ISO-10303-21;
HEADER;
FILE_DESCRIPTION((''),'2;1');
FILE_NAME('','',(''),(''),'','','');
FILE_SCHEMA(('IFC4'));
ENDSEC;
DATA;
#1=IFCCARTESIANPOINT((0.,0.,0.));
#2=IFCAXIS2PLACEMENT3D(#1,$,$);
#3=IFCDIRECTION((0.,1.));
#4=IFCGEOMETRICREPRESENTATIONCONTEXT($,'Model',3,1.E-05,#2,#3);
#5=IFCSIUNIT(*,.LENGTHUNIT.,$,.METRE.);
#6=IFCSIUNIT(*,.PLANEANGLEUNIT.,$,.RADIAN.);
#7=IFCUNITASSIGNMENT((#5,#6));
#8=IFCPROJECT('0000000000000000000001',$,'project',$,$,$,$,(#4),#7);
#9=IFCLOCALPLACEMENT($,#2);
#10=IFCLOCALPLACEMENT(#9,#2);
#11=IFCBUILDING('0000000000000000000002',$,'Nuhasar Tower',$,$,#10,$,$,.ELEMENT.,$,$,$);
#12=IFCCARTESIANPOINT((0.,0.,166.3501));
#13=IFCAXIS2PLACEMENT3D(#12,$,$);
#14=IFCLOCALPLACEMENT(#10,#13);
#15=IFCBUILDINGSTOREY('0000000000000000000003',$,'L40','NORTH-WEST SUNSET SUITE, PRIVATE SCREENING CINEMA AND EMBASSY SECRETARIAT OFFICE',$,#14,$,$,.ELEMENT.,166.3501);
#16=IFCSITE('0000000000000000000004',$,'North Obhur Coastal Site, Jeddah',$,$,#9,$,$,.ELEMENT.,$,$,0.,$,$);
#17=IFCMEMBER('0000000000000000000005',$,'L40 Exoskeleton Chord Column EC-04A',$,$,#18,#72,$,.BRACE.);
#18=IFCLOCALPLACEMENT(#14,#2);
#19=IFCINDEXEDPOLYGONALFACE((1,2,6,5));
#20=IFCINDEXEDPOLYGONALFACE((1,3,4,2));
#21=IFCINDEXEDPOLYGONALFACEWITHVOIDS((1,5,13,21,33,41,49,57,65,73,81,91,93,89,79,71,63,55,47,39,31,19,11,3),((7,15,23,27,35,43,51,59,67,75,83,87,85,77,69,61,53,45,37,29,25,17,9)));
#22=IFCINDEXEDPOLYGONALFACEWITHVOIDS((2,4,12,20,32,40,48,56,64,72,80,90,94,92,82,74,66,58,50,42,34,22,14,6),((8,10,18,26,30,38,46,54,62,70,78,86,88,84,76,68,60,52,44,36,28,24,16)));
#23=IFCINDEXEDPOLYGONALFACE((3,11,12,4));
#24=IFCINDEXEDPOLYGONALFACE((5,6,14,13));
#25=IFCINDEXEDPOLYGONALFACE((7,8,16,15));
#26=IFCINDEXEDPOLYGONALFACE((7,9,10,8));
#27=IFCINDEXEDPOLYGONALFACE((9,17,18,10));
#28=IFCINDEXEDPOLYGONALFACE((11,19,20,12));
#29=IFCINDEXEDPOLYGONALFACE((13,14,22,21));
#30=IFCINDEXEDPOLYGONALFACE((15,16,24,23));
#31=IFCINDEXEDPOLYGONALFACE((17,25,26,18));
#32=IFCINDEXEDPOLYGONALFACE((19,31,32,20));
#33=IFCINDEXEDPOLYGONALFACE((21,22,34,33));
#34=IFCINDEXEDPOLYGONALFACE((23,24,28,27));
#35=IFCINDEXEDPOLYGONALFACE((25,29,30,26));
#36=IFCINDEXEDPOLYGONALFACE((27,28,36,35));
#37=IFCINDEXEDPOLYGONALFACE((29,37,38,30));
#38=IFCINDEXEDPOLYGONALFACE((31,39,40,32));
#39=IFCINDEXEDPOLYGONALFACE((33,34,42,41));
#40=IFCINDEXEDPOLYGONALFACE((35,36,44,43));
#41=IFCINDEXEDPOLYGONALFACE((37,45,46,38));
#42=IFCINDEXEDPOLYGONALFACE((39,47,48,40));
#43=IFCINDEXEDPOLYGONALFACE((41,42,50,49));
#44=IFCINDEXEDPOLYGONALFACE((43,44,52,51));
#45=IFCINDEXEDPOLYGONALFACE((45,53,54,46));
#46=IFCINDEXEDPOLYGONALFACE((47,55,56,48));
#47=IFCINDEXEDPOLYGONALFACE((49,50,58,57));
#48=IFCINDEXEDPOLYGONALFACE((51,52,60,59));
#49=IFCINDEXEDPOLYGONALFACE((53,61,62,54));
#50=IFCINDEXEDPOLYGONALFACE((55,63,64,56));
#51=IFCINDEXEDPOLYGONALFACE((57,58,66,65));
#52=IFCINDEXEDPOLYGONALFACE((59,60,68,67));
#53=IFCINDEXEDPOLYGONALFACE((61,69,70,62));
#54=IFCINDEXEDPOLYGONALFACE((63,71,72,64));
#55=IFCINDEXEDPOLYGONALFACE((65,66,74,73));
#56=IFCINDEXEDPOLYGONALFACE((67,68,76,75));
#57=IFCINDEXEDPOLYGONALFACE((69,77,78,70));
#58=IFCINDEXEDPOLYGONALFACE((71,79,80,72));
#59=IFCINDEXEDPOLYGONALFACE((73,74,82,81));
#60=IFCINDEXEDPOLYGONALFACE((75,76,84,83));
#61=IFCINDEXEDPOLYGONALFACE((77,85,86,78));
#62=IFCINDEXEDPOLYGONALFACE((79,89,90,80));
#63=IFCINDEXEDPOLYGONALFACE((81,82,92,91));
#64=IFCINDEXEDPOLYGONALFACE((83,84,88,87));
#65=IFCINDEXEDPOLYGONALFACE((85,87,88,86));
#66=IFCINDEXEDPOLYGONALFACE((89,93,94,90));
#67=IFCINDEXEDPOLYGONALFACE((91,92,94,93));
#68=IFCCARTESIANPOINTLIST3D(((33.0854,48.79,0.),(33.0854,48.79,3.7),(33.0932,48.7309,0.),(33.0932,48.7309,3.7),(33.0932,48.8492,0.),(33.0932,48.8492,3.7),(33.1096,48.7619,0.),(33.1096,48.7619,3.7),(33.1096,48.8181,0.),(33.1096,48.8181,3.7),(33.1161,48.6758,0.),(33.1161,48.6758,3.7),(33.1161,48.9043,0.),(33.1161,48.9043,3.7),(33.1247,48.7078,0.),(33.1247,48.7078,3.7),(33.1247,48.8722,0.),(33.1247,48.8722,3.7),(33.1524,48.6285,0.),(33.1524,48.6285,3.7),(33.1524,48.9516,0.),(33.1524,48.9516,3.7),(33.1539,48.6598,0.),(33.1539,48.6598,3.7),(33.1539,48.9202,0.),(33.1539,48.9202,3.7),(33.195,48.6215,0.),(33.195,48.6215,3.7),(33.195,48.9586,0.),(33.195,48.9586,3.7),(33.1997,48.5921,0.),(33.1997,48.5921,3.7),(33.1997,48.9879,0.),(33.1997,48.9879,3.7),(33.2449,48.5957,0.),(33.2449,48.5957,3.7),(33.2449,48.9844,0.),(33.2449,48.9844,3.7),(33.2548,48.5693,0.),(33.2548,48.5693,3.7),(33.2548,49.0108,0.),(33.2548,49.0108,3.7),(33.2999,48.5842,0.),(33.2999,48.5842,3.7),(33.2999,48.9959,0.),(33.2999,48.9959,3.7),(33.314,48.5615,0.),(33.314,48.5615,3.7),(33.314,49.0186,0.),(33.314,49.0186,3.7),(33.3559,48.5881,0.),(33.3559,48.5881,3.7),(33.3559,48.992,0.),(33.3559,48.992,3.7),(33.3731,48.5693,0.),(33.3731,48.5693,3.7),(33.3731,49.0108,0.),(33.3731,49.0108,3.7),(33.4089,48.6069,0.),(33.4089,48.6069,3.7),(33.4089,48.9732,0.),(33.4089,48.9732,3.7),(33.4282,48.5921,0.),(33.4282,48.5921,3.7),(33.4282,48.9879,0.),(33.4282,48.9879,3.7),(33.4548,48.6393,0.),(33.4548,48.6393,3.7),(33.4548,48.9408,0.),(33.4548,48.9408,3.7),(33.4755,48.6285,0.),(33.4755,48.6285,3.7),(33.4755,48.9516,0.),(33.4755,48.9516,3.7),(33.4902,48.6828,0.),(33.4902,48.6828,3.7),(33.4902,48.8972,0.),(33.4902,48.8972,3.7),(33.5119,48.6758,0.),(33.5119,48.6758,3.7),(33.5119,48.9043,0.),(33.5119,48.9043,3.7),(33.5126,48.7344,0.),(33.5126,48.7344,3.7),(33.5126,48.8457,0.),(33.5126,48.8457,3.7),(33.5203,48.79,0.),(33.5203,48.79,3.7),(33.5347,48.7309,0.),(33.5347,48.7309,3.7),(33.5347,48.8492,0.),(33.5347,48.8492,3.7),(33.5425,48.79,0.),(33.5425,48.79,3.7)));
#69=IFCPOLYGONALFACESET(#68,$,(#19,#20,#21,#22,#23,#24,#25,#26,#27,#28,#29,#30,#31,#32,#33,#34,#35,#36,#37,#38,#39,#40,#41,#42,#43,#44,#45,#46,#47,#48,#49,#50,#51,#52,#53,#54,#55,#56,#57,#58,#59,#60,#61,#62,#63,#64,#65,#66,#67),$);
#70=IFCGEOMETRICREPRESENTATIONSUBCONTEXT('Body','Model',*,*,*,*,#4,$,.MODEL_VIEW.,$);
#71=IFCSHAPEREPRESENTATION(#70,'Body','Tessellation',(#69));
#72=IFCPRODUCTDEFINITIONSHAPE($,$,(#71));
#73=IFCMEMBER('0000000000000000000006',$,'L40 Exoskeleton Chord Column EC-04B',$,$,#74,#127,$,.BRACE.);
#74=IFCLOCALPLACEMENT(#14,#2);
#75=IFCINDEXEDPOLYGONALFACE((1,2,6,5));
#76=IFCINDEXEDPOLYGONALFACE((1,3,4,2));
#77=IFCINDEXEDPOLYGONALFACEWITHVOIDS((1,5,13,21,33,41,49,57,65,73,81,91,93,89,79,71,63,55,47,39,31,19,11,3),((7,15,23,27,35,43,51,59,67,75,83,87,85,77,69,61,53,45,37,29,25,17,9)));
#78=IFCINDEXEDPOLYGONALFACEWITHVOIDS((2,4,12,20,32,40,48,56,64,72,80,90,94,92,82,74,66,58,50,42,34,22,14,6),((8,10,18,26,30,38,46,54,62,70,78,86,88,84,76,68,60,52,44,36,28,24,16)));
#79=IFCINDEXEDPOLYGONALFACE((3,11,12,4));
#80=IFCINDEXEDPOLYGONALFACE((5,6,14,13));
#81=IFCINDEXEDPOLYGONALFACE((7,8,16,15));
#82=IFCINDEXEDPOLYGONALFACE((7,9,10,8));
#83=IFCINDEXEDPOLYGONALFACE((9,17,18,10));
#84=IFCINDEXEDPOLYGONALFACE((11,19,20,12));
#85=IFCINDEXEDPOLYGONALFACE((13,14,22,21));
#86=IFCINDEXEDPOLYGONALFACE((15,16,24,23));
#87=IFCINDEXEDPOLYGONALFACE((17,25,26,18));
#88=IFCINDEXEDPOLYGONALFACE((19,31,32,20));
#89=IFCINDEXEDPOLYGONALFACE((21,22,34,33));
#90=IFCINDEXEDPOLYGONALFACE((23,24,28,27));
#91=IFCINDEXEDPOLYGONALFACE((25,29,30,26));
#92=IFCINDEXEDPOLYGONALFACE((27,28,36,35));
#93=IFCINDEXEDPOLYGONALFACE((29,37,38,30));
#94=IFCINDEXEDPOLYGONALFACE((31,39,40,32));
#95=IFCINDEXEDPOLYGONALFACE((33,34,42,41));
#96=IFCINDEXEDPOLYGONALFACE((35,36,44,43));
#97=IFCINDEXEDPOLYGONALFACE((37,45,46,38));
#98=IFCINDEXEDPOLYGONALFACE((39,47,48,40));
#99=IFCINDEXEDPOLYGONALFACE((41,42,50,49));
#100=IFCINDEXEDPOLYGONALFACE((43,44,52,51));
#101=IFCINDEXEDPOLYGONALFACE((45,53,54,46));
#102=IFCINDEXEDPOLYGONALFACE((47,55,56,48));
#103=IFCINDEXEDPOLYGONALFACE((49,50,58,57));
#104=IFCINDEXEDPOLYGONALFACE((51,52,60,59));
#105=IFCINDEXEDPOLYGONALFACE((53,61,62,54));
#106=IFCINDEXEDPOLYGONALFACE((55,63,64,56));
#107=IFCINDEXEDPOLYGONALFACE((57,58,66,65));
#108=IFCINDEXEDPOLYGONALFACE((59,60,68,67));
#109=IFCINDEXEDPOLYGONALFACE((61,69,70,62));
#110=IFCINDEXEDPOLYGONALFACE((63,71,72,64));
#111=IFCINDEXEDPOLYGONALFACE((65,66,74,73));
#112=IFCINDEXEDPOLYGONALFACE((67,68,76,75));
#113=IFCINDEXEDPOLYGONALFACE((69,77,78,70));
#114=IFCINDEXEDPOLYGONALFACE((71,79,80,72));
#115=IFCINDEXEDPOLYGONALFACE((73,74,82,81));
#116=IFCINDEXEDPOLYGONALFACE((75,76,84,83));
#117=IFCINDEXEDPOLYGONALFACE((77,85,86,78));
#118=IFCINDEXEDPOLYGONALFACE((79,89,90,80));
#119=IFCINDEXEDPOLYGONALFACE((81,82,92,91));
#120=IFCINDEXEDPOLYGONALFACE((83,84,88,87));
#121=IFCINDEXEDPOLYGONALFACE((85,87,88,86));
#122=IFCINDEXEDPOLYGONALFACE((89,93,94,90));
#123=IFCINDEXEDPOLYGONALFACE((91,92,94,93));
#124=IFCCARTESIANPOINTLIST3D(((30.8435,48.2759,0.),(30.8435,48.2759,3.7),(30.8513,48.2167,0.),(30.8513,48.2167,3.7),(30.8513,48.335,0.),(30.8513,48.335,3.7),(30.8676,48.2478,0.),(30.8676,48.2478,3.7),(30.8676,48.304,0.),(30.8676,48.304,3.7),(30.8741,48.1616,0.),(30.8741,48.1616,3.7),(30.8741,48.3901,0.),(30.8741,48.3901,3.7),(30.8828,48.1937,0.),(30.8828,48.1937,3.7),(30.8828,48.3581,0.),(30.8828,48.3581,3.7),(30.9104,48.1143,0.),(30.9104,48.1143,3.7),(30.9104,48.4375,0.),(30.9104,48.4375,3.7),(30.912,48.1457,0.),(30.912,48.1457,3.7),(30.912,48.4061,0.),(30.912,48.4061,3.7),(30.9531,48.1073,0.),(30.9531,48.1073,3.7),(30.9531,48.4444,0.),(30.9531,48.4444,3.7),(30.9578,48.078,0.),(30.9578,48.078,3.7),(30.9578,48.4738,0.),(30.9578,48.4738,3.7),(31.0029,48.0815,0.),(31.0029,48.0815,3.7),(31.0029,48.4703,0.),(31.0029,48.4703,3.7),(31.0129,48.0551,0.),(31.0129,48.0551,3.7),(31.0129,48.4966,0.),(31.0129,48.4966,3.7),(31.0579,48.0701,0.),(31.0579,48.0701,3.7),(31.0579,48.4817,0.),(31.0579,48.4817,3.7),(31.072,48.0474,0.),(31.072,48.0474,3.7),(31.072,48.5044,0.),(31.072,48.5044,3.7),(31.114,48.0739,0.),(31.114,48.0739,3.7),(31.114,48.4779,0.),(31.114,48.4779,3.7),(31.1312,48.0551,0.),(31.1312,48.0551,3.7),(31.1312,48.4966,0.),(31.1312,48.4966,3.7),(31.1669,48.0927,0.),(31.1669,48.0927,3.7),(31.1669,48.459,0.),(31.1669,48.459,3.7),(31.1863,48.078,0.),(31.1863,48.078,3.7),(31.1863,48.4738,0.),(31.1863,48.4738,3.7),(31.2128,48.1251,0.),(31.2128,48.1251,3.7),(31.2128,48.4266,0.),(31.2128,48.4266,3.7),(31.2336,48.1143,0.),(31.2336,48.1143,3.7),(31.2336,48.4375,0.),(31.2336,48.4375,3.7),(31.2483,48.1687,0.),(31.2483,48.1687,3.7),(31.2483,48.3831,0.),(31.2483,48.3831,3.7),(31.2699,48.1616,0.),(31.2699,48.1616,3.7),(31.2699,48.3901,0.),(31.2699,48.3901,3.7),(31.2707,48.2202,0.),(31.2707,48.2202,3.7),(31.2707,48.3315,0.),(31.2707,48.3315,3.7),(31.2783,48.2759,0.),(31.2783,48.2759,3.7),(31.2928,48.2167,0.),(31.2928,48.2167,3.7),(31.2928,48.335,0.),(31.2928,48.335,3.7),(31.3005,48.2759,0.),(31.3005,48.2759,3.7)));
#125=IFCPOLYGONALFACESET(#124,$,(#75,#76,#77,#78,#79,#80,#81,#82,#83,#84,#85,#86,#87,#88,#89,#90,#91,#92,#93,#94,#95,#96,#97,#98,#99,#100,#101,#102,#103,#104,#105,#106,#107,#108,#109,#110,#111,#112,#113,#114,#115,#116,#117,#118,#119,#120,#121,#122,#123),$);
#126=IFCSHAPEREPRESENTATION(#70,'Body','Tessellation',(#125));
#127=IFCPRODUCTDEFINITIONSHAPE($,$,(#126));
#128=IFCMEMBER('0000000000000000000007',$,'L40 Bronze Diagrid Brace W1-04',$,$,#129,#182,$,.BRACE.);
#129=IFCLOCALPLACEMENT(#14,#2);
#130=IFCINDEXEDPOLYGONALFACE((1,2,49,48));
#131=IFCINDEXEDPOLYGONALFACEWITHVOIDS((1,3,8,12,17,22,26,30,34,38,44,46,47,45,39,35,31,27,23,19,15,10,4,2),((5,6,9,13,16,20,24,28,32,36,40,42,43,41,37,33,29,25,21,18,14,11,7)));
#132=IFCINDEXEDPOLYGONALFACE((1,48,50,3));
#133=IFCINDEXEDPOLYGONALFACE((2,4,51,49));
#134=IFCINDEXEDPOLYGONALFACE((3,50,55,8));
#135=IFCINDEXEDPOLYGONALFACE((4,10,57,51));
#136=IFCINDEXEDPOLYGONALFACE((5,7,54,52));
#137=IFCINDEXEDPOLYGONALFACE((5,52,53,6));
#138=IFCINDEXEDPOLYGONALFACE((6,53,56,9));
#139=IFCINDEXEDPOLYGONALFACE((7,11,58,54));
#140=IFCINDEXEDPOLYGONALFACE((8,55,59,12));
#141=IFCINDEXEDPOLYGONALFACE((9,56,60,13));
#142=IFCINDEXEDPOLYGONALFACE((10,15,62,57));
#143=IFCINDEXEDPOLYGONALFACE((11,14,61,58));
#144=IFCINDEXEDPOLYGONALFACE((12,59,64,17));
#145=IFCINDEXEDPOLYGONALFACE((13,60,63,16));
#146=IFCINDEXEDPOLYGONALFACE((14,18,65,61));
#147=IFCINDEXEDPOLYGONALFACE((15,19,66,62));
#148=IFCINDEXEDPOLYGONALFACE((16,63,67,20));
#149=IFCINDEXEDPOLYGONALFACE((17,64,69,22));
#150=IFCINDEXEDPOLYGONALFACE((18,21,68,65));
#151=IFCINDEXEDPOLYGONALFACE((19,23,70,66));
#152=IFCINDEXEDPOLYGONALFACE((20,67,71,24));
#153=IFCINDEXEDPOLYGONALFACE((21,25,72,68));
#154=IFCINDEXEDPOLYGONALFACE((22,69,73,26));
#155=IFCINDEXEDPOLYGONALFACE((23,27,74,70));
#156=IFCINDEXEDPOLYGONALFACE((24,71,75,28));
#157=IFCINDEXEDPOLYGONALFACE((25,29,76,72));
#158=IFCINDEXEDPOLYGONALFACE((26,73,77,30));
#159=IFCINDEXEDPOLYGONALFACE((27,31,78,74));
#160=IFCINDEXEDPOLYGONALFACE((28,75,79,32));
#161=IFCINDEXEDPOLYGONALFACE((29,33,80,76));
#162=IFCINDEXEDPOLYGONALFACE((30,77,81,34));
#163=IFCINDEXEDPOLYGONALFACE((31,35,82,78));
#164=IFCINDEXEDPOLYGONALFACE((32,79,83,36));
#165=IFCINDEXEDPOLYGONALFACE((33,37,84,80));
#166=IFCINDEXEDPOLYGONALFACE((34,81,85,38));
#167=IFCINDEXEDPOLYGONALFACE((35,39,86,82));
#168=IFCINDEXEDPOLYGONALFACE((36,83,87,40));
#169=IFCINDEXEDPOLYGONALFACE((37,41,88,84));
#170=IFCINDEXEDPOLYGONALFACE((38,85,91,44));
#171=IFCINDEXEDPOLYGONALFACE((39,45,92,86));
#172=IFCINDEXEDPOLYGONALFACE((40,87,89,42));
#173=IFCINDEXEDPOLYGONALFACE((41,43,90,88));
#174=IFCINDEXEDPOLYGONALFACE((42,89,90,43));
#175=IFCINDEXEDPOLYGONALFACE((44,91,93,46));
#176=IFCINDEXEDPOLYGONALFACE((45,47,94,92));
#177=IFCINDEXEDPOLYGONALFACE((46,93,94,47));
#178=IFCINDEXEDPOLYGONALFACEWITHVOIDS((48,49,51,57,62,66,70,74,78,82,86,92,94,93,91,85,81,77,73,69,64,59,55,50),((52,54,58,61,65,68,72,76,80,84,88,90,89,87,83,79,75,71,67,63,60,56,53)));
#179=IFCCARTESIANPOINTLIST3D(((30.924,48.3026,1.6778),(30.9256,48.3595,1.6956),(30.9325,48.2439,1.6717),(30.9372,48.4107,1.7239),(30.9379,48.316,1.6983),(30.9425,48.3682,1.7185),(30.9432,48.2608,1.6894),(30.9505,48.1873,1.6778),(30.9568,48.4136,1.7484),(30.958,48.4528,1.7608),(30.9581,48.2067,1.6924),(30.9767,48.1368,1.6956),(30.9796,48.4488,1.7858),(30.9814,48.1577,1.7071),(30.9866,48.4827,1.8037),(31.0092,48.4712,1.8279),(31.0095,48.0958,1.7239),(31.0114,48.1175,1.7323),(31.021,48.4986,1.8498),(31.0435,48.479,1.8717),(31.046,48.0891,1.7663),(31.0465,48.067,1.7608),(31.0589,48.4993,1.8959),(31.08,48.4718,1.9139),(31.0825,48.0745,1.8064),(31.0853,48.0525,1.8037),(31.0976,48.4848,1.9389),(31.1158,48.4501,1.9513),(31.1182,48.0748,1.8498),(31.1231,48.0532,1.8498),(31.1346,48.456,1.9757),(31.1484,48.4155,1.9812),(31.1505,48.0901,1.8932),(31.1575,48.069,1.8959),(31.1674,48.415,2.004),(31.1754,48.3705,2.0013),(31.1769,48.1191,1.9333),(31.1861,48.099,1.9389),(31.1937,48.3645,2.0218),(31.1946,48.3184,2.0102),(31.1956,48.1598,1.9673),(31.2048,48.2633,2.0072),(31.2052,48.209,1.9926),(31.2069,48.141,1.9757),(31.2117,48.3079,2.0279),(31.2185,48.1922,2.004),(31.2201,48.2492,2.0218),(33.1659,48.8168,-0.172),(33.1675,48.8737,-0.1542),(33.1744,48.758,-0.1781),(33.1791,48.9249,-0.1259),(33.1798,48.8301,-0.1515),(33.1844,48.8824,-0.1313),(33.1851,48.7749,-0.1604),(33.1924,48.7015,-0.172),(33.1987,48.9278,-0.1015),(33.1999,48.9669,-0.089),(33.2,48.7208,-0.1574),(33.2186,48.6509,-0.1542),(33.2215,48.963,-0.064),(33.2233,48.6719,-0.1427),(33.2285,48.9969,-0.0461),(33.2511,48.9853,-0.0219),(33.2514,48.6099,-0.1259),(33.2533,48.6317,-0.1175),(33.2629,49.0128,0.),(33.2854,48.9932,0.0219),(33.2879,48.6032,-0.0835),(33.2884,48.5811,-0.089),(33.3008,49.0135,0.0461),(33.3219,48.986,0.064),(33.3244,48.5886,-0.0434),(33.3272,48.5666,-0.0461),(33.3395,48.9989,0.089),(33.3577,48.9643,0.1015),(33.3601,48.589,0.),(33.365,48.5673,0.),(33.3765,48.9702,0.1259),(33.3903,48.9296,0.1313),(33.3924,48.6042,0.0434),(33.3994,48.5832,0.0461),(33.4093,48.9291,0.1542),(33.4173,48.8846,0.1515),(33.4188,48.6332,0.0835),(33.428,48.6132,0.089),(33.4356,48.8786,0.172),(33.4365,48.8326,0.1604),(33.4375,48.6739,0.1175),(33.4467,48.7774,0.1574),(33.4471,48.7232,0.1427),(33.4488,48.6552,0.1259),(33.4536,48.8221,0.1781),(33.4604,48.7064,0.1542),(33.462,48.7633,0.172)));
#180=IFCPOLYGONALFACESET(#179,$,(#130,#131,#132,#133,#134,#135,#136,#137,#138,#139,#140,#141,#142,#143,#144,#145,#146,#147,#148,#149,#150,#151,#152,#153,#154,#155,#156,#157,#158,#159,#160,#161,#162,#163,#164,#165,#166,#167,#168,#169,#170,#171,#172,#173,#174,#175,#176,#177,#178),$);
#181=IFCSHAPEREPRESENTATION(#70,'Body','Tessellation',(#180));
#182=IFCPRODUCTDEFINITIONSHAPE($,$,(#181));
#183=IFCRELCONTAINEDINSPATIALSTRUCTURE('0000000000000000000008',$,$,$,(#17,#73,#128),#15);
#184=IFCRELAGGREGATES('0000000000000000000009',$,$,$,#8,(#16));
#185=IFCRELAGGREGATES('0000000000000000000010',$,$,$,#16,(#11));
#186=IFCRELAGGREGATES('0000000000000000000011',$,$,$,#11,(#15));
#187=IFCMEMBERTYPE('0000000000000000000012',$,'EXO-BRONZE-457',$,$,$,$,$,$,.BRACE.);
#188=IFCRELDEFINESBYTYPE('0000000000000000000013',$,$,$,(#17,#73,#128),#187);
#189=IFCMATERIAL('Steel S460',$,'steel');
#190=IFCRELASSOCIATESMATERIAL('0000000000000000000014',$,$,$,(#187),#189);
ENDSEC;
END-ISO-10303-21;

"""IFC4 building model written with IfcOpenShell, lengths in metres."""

from ifc_helpers import new_model, si_unit, direction, frame, origin, origin_2d, place, context, subcontext, project, spatial, hollow_circle, extrude, material, material_profile, profile_set, type_object, element, save


model = new_model("IFC4")

# Units and contexts
model_context = context("Model", 3, precision=1e-05, world=origin(), true_north=direction((0.0, 1.0)))
body_context = subcontext(model_context, "Body", "Model", "MODEL_VIEW")
ifc_project = project(units=[si_unit("LENGTHUNIT", "METRE"), si_unit("PLANEANGLEUNIT", "RADIAN")], contexts=[model_context])

# Site, building, storey
site_placement = place(None, origin())
site = spatial("IfcSite", under=ifc_project, at=site_placement, Name="North Obhur Coastal Site, Jeddah", CompositionType="ELEMENT", RefElevation=0.0)
building_placement = place(site_placement, origin())
building = spatial("IfcBuilding", under=site, at=building_placement, Name="Nuhasar Tower", CompositionType="ELEMENT")
storey_placement = place(building_placement, frame((0.0, 0.0, 166.3501)))
storey = spatial("IfcBuildingStorey", under=building, at=storey_placement, Name="L40", Description="NORTH-WEST SUNSET SUITE, PRIVATE SCREENING CINEMA AND EMBASSY SECRETARIAT OFFICE", CompositionType="ELEMENT", Elevation=166.3501)

# Members
ifc_material_1 = material(Name="Steel S460", Category="steel")
ifc_material_profile_1 = material_profile(ifc_material_1, hollow_circle(Radius=0.2285, WallThickness=0.0222, at=origin_2d()), Name="HSS457X22.2")
ifc_profile_set_1 = profile_set([ifc_material_profile_1], Name="Steel S460")
member_type_1 = type_object("IfcMemberType", Name="EXO-BRONZE-457", PredefinedType="BRACE", material=ifc_profile_set_1)
for number, where, z_axis, x_axis, name in (
    (1, (33.314, 48.79, 0.0), (0.0, 0.0, 1.0), (1.0, 0.0, 0.0), "L40 Exoskeleton Chord Column EC-04A"),
    (2, (31.072, 48.2759, 0.0), (0.0, 0.0, 1.0), (1.0, 0.0, 0.0), "L40 Exoskeleton Chord Column EC-04B"),
):
    element("IfcMember", number, at=place(storey_placement, frame(where, z_axis=z_axis, x_axis=x_axis)), inside=storey, type_object=member_type_1, Name=name, PredefinedType="BRACE", context=body_context, shape_type="SweptSolid", body=[
        extrude(hollow_circle(Radius=0.2285, WallThickness=0.0222, at=origin_2d()), origin(), (0.0, 0.0, 1.0), 3.7),
    ])
member_1_placement = place(storey_placement, frame((33.314, 48.79, 0.0), z_axis=(-0.759539, -0.17419, 0.626704), x_axis=(0.223534, -0.974696, 0.0)))
element("IfcMember", 3, at=member_1_placement, inside=storey, type_object=member_type_1, Name="L40 Bronze Diagrid Brace W1-04", PredefinedType="BRACE", context=body_context, shape_type="SweptSolid", body=[
    extrude(hollow_circle(Radius=0.2285, WallThickness=0.0222, at=origin_2d()), origin(), (0.0, 0.0, 1.0), 2.9517),
])

save(model, "model.ifc")
